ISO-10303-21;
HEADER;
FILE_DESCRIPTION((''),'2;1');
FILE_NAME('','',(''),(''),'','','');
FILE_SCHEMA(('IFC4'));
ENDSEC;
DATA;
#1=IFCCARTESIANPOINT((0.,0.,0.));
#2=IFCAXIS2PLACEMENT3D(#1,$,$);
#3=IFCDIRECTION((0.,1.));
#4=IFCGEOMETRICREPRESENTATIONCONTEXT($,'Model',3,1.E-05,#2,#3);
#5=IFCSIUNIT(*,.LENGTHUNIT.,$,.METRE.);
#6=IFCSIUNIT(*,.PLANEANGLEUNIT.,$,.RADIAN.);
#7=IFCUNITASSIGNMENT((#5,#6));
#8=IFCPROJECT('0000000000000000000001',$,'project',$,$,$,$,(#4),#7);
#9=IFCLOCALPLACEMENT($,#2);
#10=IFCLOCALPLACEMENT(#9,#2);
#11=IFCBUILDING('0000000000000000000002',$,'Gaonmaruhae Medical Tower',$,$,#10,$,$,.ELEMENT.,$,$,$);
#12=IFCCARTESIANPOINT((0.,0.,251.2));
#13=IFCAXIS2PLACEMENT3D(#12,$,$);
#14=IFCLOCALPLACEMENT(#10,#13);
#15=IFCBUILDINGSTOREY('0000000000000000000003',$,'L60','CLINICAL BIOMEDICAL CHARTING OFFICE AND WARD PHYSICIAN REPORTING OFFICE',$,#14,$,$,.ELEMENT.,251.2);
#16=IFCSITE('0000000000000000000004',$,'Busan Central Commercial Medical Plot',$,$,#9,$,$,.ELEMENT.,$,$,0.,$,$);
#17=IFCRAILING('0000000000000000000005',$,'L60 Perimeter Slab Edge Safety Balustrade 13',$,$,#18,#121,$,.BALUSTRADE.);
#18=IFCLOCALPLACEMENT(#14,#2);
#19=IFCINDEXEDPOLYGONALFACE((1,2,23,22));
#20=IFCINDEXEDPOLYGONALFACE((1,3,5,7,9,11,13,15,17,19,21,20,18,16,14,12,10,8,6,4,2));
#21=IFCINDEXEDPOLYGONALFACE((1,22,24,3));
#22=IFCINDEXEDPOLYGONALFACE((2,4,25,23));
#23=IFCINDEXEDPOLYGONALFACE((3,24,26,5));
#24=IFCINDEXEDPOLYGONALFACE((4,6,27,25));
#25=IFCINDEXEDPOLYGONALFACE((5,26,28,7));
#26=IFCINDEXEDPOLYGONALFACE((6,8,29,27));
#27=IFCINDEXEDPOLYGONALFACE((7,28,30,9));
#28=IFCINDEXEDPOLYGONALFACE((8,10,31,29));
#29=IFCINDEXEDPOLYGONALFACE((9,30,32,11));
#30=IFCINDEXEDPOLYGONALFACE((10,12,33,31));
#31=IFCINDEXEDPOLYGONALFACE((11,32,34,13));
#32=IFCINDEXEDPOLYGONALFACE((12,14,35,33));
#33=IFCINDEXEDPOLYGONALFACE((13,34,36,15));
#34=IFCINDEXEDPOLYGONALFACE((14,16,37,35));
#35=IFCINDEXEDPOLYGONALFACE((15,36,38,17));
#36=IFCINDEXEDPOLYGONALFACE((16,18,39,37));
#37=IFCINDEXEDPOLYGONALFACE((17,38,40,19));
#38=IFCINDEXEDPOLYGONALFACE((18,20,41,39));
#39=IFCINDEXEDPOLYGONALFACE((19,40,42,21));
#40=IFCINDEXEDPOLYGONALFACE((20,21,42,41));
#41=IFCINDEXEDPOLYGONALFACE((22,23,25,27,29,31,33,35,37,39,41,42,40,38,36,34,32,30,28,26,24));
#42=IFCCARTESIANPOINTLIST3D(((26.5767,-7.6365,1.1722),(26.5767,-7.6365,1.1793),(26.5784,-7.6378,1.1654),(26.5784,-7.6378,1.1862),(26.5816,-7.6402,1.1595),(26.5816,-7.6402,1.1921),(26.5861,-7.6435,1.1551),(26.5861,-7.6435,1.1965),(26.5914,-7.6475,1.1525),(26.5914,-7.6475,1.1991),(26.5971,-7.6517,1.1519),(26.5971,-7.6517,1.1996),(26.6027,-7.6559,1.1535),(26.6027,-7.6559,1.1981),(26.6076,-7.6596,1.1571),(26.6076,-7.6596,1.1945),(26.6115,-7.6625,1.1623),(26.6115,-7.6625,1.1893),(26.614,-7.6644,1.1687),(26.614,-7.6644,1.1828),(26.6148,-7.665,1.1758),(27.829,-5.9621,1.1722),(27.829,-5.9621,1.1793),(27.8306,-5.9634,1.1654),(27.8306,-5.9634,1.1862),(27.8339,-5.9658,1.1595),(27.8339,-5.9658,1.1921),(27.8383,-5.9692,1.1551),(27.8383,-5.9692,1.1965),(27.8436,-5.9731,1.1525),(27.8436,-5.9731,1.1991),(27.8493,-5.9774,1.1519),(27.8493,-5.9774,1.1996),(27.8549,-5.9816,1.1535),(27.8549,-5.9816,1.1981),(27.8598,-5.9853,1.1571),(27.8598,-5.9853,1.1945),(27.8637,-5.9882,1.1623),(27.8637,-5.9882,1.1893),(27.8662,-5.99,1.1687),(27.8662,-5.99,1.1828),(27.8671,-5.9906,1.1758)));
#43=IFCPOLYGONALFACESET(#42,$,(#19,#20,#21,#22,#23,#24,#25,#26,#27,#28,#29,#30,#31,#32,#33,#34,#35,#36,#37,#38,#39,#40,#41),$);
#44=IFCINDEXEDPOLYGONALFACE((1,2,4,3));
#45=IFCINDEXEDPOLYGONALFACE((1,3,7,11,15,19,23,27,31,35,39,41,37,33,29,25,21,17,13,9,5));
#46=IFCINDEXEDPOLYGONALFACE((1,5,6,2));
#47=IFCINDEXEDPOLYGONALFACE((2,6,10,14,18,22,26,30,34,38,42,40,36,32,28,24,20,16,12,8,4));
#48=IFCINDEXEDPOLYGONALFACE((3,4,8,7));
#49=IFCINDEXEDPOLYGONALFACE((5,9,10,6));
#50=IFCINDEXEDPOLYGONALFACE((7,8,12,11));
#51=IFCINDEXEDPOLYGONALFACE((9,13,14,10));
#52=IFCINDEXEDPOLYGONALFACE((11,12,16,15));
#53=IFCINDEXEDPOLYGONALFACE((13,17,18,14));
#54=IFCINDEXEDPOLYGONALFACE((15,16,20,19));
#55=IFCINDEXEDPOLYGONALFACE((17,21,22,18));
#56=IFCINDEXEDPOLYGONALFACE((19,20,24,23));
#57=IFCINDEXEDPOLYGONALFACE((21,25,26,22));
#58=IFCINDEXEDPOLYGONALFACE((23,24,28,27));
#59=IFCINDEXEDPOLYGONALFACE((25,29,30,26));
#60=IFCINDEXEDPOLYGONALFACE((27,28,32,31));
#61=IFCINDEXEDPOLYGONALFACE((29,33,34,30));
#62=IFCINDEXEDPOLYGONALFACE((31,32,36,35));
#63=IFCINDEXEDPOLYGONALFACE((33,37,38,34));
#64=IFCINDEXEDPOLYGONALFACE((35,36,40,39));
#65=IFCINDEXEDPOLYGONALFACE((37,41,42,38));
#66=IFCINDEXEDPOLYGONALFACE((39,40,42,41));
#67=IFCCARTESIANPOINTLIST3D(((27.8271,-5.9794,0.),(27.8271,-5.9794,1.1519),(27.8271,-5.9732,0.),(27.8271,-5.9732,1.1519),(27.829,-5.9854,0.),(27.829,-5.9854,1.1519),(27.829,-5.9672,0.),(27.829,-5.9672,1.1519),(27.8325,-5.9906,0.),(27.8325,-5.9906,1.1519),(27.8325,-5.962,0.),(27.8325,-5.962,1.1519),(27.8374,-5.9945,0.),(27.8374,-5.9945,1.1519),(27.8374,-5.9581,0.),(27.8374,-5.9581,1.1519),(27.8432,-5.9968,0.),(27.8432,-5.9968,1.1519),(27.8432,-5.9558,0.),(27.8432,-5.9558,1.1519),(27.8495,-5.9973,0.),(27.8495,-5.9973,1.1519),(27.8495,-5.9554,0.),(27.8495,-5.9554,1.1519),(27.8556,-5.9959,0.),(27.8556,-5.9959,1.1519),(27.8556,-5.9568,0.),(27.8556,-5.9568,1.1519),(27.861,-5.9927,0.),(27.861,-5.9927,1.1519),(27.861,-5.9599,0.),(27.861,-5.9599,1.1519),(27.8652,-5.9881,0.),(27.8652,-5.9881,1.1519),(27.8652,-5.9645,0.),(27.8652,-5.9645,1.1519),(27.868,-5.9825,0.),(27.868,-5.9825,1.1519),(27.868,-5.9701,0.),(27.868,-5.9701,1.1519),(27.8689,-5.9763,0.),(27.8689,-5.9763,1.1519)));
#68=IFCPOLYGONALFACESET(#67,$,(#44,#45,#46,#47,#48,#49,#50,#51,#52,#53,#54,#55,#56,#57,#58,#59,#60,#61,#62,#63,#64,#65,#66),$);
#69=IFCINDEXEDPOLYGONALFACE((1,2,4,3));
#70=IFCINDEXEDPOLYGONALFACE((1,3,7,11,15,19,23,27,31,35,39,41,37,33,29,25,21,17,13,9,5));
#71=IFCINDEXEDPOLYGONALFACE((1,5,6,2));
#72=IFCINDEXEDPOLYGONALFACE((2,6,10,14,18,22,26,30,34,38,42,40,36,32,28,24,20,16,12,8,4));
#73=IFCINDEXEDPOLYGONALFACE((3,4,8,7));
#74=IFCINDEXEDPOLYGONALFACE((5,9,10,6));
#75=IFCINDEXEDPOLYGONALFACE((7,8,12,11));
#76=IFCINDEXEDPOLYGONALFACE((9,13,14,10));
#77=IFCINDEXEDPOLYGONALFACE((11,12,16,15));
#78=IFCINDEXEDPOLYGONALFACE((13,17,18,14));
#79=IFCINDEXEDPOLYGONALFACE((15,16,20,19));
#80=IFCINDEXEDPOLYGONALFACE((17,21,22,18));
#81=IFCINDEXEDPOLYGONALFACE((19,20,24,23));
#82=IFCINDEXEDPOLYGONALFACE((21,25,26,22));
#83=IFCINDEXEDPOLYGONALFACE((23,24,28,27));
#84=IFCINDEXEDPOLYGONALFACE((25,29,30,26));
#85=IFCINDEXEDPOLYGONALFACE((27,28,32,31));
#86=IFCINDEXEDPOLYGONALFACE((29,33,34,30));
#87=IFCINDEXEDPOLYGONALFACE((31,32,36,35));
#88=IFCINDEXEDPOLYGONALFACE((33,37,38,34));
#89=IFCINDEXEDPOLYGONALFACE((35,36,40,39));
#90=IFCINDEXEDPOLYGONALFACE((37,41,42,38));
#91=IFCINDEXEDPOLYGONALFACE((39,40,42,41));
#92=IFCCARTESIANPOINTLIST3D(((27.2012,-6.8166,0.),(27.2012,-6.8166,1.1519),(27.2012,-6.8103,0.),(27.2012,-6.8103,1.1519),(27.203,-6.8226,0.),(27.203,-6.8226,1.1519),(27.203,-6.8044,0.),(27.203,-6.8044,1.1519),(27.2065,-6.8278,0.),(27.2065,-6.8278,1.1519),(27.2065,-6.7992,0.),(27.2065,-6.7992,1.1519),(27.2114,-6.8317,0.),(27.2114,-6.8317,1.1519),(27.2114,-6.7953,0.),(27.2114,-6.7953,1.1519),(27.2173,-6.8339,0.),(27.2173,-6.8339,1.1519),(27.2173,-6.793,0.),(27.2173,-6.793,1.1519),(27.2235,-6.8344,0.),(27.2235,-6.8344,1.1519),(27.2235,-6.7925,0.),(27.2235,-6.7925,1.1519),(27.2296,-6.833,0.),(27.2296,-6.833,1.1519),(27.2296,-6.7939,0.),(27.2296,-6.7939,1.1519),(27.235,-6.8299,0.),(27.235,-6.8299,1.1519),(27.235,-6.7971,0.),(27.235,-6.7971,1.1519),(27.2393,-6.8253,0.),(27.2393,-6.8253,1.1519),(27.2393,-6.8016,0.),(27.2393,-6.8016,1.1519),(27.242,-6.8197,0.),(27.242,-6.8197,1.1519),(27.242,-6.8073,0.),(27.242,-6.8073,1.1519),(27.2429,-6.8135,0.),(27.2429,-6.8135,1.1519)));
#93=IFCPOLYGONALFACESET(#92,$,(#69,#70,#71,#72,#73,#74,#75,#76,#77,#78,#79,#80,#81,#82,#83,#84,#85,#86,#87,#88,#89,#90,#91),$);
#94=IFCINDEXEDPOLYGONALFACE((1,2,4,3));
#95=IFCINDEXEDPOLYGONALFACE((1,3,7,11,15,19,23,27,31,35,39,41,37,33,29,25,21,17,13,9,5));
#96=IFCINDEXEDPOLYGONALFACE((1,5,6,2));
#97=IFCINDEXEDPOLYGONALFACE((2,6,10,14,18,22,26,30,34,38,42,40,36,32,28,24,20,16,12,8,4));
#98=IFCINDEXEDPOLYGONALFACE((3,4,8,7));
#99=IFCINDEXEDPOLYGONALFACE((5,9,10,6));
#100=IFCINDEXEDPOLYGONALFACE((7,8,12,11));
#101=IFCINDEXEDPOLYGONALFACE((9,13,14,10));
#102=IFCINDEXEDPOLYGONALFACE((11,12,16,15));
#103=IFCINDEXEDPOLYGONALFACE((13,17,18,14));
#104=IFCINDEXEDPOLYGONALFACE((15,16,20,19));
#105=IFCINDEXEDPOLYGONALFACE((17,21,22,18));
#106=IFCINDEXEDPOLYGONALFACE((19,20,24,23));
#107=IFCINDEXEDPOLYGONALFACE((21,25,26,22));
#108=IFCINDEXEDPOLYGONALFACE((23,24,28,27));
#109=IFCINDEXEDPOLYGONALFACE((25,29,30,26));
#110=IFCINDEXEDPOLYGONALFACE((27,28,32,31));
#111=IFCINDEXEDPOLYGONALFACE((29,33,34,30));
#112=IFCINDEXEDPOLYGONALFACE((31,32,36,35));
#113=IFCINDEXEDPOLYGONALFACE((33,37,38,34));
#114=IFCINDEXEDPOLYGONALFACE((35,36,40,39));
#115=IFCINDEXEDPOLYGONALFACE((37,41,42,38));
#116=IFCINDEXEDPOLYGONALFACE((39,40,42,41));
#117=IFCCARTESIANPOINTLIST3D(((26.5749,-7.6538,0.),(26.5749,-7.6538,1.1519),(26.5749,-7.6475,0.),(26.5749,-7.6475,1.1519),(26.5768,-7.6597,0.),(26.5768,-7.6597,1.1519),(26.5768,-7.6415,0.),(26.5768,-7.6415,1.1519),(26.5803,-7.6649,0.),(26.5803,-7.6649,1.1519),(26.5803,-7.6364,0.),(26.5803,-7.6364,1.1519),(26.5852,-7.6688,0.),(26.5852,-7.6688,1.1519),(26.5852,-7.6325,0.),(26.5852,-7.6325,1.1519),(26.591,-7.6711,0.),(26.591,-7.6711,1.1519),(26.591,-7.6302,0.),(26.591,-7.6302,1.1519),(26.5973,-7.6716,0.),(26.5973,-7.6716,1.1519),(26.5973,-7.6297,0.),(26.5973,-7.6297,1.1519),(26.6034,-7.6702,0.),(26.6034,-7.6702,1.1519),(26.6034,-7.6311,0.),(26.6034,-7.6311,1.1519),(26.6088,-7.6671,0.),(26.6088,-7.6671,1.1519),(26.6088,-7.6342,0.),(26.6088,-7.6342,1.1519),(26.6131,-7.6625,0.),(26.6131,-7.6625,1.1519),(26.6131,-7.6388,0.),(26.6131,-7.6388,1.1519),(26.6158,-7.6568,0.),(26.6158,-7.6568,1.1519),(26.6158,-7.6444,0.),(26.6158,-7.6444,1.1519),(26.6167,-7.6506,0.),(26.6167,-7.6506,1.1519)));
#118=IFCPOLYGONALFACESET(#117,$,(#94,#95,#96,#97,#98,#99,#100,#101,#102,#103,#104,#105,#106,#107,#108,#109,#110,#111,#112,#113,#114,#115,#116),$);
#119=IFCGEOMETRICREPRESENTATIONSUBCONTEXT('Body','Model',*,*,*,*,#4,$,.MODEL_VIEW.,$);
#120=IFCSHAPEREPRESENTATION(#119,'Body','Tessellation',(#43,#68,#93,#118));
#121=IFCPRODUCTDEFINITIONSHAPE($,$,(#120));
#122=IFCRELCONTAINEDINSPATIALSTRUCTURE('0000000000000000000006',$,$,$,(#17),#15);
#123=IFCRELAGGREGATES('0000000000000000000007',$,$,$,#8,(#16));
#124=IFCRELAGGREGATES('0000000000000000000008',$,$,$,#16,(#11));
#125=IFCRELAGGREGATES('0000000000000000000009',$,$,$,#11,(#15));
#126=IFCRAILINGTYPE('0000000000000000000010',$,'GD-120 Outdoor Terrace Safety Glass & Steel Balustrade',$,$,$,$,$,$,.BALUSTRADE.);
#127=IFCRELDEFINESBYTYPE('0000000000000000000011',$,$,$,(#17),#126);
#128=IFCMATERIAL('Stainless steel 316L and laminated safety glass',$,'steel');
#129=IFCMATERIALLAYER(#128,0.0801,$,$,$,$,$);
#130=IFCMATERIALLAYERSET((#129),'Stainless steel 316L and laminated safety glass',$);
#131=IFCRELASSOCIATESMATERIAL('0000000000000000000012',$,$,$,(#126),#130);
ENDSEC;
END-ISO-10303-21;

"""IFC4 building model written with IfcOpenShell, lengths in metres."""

from ifc_helpers import new_model, si_unit, direction, frame, origin, origin_2d, place, context, subcontext, project, spatial, circle, extrude, material, layer, layer_set, type_object, element, save


model = new_model("IFC4")

# Units and contexts
model_context = context("Model", 3, precision=1e-05, world=origin(), true_north=direction((0.0, 1.0)))
body_context = subcontext(model_context, "Body", "Model", "MODEL_VIEW")
ifc_project = project(units=[si_unit("LENGTHUNIT", "METRE"), si_unit("PLANEANGLEUNIT", "RADIAN")], contexts=[model_context])

# Site, building, storey
site_placement = place(None, origin())
site = spatial("IfcSite", under=ifc_project, at=site_placement, Name="Busan Central Commercial Medical Plot", CompositionType="ELEMENT", RefElevation=0.0)
building_placement = place(site_placement, origin())
building = spatial("IfcBuilding", under=site, at=building_placement, Name="Gaonmaruhae Medical Tower", CompositionType="ELEMENT")
storey_placement = place(building_placement, frame((0.0, 0.0, 251.2)))
storey = spatial("IfcBuildingStorey", under=building, at=storey_placement, Name="L60", Description="CLINICAL BIOMEDICAL CHARTING OFFICE AND WARD PHYSICIAN REPORTING OFFICE", CompositionType="ELEMENT", Elevation=251.2)

# Railing
ifc_material_1 = material(Name="Stainless steel 316L and laminated safety glass", Category="steel")
ifc_layer_1 = layer(ifc_material_1, 0.0801)
ifc_layer_set_1 = layer_set([ifc_layer_1], Name="Stainless steel 316L and laminated safety glass")
railing_type = type_object("IfcRailingType", Name="GD-120 Outdoor Terrace Safety Glass & Steel Balustrade", PredefinedType="BALUSTRADE", material=ifc_layer_set_1)
railing_1_placement = place(storey_placement, frame((27.8479, -5.9763, 0.0)))
element("IfcRailing", 1, at=railing_1_placement, inside=storey, type_object=railing_type, Name="L60 Perimeter Slab Edge Safety Balustrade 13", PredefinedType="BALUSTRADE", context=body_context, shape_type="SweptSolid", body=[
    extrude(circle(Radius=0.0239, at=origin_2d()), frame((0.0, 0.0, 1.1758), z_axis=(-0.598916, -0.800812, 0.0), x_axis=(0.800812, -0.598916, 0.0)), (0.0, 0.0, 1.0), 2.0908),
    extrude(circle(Radius=0.021, at=origin_2d()), origin(), (0.0, 0.0, 1.0), 1.1519),
    extrude(circle(Radius=0.021, at=origin_2d()), frame((-0.626, -0.8372, 0.0)), (0.0, 0.0, 1.0), 1.1519),
    extrude(circle(Radius=0.021, at=origin_2d()), frame((-1.2522, -1.6743, 0.0)), (0.0, 0.0, 1.0), 1.1519),
])

save(model, "model.ifc")
